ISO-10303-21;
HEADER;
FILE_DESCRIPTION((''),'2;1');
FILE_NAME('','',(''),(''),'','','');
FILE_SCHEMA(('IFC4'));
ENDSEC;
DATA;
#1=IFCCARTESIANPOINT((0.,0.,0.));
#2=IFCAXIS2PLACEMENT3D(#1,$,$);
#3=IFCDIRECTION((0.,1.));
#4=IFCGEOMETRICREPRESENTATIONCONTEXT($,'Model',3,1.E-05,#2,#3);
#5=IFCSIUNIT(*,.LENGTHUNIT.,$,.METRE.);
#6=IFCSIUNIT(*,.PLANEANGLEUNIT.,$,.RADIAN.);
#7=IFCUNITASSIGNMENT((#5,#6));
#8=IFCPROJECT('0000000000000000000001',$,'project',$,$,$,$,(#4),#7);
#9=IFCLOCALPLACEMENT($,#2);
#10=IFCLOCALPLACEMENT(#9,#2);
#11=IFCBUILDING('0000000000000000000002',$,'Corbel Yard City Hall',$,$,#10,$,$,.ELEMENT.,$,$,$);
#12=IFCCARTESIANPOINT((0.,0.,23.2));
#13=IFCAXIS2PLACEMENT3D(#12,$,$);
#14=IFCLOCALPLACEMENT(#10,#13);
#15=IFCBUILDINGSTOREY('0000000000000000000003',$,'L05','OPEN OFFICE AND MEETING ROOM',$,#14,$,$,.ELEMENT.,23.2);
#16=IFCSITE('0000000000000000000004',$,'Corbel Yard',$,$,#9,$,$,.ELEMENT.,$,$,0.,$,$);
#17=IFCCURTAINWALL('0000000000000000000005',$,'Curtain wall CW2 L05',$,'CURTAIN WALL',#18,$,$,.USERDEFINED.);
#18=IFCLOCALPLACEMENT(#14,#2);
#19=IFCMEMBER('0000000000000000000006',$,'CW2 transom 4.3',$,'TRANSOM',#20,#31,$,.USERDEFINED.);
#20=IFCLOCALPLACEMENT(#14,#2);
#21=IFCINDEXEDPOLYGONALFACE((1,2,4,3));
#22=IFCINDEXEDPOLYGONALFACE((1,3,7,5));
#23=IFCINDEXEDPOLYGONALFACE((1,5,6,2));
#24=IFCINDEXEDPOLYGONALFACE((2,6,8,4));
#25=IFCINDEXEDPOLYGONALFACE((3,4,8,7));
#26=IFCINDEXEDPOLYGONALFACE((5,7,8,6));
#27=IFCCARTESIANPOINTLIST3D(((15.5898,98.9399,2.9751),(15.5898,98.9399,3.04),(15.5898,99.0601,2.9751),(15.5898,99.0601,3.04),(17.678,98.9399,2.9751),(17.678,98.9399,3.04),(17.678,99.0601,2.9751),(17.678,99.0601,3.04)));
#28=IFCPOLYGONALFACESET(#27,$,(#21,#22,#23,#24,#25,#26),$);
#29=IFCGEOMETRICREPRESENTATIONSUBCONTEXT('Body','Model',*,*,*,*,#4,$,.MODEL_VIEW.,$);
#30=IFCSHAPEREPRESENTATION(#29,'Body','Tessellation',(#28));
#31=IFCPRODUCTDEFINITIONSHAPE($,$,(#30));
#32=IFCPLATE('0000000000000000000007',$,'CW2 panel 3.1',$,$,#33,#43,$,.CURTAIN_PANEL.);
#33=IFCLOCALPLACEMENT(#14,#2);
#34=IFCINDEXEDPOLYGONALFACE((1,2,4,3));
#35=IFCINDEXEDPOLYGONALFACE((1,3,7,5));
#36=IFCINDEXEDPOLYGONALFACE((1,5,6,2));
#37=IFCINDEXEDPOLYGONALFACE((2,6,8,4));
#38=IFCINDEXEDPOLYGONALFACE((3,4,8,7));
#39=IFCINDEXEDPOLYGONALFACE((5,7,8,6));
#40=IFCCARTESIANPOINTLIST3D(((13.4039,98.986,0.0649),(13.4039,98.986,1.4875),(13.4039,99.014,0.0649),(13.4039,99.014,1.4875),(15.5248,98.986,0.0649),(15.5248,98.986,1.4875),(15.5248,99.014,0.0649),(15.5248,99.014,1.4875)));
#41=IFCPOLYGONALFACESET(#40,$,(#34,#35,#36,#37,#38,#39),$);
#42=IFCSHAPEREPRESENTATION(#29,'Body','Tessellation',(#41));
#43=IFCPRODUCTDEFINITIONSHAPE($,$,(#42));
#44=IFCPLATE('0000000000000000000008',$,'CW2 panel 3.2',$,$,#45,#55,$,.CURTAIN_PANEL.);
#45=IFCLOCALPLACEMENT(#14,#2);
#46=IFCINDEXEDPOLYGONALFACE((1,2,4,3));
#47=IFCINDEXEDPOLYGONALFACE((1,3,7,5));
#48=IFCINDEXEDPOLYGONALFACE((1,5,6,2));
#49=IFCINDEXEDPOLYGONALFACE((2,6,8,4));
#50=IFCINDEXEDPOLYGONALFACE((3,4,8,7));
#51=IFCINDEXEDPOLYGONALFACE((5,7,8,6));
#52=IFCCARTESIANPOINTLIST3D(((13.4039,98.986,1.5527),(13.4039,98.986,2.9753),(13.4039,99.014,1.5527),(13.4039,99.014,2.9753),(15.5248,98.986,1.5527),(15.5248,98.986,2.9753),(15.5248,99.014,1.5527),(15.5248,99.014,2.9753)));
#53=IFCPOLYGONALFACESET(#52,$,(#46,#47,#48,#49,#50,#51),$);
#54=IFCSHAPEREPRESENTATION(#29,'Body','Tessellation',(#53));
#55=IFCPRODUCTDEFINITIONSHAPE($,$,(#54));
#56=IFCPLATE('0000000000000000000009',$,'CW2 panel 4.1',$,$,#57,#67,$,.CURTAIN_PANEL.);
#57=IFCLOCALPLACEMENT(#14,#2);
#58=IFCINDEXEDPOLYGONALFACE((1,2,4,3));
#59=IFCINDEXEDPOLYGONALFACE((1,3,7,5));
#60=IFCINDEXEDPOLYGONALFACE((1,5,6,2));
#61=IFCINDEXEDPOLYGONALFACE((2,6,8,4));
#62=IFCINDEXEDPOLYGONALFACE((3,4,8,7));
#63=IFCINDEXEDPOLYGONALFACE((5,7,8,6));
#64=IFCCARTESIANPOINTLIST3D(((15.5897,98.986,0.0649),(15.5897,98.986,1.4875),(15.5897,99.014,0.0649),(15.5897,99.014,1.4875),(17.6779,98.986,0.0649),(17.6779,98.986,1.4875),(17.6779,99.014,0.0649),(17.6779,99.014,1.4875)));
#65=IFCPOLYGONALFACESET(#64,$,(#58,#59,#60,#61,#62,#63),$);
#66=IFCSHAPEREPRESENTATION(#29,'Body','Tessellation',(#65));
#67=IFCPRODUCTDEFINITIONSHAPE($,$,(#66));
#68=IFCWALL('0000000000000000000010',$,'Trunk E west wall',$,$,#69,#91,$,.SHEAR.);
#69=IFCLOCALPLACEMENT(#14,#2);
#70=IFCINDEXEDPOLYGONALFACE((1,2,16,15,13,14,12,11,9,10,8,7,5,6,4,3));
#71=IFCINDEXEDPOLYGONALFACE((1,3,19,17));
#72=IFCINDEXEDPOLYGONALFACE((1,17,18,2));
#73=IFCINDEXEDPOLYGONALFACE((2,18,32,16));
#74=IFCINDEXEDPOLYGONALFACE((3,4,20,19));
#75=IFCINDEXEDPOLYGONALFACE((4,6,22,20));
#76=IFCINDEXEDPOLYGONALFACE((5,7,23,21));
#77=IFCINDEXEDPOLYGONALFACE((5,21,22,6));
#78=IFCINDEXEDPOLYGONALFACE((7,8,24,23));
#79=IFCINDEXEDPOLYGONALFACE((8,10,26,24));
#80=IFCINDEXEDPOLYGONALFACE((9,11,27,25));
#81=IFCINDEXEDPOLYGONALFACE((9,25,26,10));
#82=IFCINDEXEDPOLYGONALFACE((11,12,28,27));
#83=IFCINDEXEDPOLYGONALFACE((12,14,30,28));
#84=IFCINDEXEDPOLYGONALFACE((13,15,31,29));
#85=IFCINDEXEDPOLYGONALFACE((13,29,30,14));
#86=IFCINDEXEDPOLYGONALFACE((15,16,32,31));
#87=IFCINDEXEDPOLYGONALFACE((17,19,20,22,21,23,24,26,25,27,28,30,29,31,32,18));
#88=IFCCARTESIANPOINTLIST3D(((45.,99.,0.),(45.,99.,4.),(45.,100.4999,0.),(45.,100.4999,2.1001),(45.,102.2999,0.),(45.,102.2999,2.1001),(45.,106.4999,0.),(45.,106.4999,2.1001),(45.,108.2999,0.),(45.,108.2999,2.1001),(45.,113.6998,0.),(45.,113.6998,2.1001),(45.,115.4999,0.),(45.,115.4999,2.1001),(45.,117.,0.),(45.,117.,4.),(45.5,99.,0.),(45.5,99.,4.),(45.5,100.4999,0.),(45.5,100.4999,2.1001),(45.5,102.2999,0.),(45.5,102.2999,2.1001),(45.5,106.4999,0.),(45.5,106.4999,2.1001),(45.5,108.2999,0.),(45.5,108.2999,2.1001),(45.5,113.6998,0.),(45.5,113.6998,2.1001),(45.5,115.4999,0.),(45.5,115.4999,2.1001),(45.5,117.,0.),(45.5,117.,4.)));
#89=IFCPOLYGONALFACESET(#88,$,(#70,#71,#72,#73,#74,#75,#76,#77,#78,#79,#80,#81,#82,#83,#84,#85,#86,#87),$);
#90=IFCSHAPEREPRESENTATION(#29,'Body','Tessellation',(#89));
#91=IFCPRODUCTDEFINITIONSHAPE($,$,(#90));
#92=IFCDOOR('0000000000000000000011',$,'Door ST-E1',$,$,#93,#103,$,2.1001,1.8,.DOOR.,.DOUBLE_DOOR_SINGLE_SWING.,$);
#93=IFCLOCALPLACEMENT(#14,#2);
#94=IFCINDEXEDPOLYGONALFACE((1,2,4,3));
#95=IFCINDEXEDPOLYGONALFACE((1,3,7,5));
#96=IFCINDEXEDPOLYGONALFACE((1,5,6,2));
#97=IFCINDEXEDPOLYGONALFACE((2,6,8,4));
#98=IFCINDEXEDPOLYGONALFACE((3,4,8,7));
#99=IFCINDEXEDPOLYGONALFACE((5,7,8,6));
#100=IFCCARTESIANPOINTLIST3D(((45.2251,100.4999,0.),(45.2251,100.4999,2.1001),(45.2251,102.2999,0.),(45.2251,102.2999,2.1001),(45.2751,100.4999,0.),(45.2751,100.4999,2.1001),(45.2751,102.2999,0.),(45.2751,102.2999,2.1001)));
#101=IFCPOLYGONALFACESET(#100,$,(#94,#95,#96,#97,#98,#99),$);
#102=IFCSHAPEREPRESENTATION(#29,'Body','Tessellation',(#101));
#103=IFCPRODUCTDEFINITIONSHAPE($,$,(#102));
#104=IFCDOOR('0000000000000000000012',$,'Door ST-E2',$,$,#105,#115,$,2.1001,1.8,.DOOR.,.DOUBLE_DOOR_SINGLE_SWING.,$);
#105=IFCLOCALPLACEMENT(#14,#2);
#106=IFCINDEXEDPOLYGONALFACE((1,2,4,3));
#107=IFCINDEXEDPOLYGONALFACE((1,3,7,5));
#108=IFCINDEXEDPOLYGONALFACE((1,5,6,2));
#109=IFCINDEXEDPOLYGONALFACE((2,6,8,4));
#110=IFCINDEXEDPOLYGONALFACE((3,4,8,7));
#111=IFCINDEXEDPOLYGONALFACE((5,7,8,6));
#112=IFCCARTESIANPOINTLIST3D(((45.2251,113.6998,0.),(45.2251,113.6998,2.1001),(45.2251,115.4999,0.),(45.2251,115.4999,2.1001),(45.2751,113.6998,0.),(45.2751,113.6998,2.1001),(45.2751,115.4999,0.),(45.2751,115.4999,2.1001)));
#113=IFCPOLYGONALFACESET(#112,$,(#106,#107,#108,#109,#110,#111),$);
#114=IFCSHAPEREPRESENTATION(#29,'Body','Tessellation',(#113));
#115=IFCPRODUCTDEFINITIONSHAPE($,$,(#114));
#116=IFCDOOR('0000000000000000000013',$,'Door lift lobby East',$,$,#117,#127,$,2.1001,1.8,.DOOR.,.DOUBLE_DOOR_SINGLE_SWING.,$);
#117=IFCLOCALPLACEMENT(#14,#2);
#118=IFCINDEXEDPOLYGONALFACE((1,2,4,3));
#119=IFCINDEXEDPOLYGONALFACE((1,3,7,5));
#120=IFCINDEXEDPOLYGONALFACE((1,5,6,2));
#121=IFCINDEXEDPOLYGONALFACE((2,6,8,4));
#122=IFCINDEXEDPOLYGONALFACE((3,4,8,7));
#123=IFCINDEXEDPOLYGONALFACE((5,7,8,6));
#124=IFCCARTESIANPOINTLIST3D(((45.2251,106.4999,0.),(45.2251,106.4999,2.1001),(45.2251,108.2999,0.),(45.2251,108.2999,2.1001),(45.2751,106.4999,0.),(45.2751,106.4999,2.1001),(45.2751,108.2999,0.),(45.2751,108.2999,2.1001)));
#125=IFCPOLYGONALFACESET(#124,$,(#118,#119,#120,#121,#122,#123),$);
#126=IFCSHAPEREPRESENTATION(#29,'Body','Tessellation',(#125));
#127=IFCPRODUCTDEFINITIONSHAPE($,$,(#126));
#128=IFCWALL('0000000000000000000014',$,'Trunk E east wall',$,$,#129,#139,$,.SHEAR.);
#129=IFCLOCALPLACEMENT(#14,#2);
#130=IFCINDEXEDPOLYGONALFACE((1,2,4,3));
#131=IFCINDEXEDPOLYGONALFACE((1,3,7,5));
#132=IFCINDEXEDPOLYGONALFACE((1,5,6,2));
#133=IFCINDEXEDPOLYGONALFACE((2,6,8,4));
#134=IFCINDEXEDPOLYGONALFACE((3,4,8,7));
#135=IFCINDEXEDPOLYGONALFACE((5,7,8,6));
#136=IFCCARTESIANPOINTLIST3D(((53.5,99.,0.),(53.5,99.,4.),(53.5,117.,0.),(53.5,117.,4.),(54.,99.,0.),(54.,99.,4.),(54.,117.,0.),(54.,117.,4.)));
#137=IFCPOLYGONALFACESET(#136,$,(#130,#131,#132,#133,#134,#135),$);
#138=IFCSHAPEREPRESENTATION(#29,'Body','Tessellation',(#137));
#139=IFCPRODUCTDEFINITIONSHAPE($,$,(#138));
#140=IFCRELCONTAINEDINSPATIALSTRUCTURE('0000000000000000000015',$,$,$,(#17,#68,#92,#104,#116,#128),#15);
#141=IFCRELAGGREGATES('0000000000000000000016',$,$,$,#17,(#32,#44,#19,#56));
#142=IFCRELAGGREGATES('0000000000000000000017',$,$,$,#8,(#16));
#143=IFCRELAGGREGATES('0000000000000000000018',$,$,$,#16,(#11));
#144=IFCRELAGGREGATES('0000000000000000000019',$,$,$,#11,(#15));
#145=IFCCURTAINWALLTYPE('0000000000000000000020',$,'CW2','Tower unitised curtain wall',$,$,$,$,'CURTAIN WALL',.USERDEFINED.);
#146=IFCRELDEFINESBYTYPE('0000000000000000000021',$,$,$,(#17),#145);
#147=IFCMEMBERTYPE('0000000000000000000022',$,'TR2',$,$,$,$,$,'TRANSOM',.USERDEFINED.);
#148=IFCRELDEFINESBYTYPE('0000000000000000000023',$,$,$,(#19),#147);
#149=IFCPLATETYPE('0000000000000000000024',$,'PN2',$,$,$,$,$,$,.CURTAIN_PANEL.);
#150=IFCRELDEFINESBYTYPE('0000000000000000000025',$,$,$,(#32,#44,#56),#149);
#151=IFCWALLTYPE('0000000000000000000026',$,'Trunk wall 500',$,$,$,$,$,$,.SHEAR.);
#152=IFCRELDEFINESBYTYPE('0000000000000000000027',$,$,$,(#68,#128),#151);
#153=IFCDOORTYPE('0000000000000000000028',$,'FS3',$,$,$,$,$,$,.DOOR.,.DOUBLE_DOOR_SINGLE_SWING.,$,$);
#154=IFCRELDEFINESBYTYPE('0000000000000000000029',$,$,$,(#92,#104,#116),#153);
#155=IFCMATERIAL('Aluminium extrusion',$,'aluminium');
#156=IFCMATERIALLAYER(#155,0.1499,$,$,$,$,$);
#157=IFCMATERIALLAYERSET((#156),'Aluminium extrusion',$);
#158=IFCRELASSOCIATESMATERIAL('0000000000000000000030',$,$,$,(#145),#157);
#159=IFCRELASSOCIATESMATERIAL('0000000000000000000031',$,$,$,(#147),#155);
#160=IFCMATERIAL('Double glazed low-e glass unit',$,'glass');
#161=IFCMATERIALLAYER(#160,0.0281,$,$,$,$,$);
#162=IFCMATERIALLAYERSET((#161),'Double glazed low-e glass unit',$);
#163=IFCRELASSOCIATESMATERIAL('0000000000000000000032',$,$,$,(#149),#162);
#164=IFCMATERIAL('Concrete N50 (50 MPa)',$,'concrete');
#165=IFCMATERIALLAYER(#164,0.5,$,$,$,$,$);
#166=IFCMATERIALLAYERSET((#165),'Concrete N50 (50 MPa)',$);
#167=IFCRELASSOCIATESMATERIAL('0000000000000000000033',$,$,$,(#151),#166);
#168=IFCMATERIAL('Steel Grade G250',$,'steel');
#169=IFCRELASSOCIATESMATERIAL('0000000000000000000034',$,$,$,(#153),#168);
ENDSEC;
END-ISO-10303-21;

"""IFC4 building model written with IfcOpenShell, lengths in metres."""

from ifc_helpers import new_model, si_unit, direction, frame, frame_2d, origin, origin_2d, place, context, subcontext, project, spatial, rectangle, extrude, material, layer, layer_set, material_profile, profile_set, type_object, element, fill, aggregate, save


model = new_model("IFC4")

# Units and contexts
model_context = context("Model", 3, precision=1e-05, world=origin(), true_north=direction((0.0, 1.0)))
body_context = subcontext(model_context, "Body", "Model", "MODEL_VIEW")
ifc_project = project(units=[si_unit("LENGTHUNIT", "METRE"), si_unit("PLANEANGLEUNIT", "RADIAN")], contexts=[model_context])

# Site, building, storey
site_placement = place(None, origin())
site = spatial("IfcSite", under=ifc_project, at=site_placement, Name="Corbel Yard", CompositionType="ELEMENT", RefElevation=0.0)
building_placement = place(site_placement, origin())
building = spatial("IfcBuilding", under=site, at=building_placement, Name="Corbel Yard City Hall", CompositionType="ELEMENT")
storey_placement = place(building_placement, frame((0.0, 0.0, 23.2)))
storey = spatial("IfcBuildingStorey", under=building, at=storey_placement, Name="L05", Description="OPEN OFFICE AND MEETING ROOM", CompositionType="ELEMENT", Elevation=23.2)

# Curtain wall, member, plates
ifc_material_1 = material(Name="Aluminium extrusion", Category="aluminium")
ifc_layer_1 = layer(ifc_material_1, 0.1499)
ifc_layer_set_1 = layer_set([ifc_layer_1], Name="Aluminium extrusion")
curtain_wall_type = type_object("IfcCurtainWallType", Name="CW2", Description="Tower unitised curtain wall", ElementType="CURTAIN WALL", PredefinedType="USERDEFINED", material=ifc_layer_set_1)
curtain_wall_placement = place(storey_placement, origin())
curtain_wall = element("IfcCurtainWall", 1, at=curtain_wall_placement, inside=storey, type_object=curtain_wall_type, Name="Curtain wall CW2 L05", ObjectType="CURTAIN WALL", PredefinedType="USERDEFINED")
ifc_material_profile_1 = material_profile(ifc_material_1, rectangle(XDim=0.1201, YDim=0.0649, at=origin_2d()), Name="120x65")
ifc_profile_set_1 = profile_set([ifc_material_profile_1], Name="Aluminium extrusion")
member_type_1 = type_object("IfcMemberType", Name="TR2", ElementType="TRANSOM", PredefinedType="USERDEFINED", material=ifc_profile_set_1)
member_1_placement = place(storey_placement, frame((15.5898, 99.0, 3.0076), z_axis=(1.0, 0.0, 0.0), x_axis=(0.0, 1.0, 0.0)))
member_1 = element("IfcMember", 2, at=member_1_placement, type_object=member_type_1, Name="CW2 transom 4.3", ObjectType="TRANSOM", PredefinedType="USERDEFINED", context=body_context, shape_type="SweptSolid", body=[
    extrude(rectangle(XDim=0.1201, YDim=0.0649, at=origin_2d()), origin(), (0.0, 0.0, 1.0), 2.0881),
])
ifc_material_2 = material(Name="Double glazed low-e glass unit", Category="glass")
ifc_layer_2 = layer(ifc_material_2, 0.0281)
ifc_layer_set_2 = layer_set([ifc_layer_2], Name="Double glazed low-e glass unit")
plate_type = type_object("IfcPlateType", Name="PN2", PredefinedType="CURTAIN_PANEL", material=ifc_layer_set_2)
plate_1_placement = place(storey_placement, frame((14.4644, 99.0, 0.0649), z_axis=(0.0, 0.0, 1.0), x_axis=(1.0, 0.0, 0.0)))
plate_1 = element("IfcPlate", 3, at=plate_1_placement, type_object=plate_type, Name="CW2 panel 3.1", PredefinedType="CURTAIN_PANEL", context=body_context, shape_type="SweptSolid", body=[
    extrude(rectangle(XDim=2.1208, YDim=0.0281, at=origin_2d()), origin(), (0.0, 0.0, 1.0), 1.4226),
])
plate_2_placement = place(storey_placement, frame((14.4644, 99.0, 1.5527), z_axis=(0.0, 0.0, 1.0), x_axis=(1.0, 0.0, 0.0)))
plate_2 = element("IfcPlate", 4, at=plate_2_placement, type_object=plate_type, Name="CW2 panel 3.2", PredefinedType="CURTAIN_PANEL", context=body_context, shape_type="SweptSolid", body=[
    extrude(rectangle(XDim=2.1208, YDim=0.0281, at=origin_2d()), origin(), (0.0, 0.0, 1.0), 1.4226),
])
plate_3_placement = place(storey_placement, frame((16.6338, 99.0, 0.0649), z_axis=(0.0, 0.0, 1.0), x_axis=(1.0, 0.0, 0.0)))
plate_3 = element("IfcPlate", 5, at=plate_3_placement, type_object=plate_type, Name="CW2 panel 4.1", PredefinedType="CURTAIN_PANEL", context=body_context, shape_type="SweptSolid", body=[
    extrude(rectangle(XDim=2.0881, YDim=0.0281, at=origin_2d()), origin(), (0.0, 0.0, 1.0), 1.4226),
])
aggregate(curtain_wall, [plate_1, plate_2, member_1, plate_3])

# Wall, openings, doors
ifc_material_3 = material(Name="Concrete N50 (50 MPa)", Category="concrete")
ifc_layer_3 = layer(ifc_material_3, 0.5)
ifc_layer_set_3 = layer_set([ifc_layer_3], Name="Concrete N50 (50 MPa)")
wall_type = type_object("IfcWallType", Name="Trunk wall 500", PredefinedType="SHEAR", material=ifc_layer_set_3)
wall_1_placement = place(storey_placement, frame((45.25, 99.0, 0.0), z_axis=(0.0, 0.0, 1.0), x_axis=(0.0, 1.0, 0.0)))
wall_1 = element("IfcWall", 6, at=wall_1_placement, inside=storey, type_object=wall_type, Name="Trunk E west wall", PredefinedType="SHEAR", context=body_context, shape_type="SweptSolid", body=[
    extrude(rectangle(XDim=18.0, YDim=0.5, at=frame_2d((9.0, 0.0))), origin(), (0.0, 0.0, 1.0), 4.0),
])
opening_1_placement = place(wall_1_placement, frame((1.5, 0.0, 0.0)))
opening_1 = element("IfcOpeningElement", 7, at=opening_1_placement, cuts=wall_1, PredefinedType="OPENING", context=body_context, shape_type="SweptSolid", body=[
    extrude(rectangle(XDim=1.8, YDim=2.1001, at=frame_2d((0.8999, 1.05))), frame((0.0, 0.26, 0.0), z_axis=(0.0, -1.0, 0.0), x_axis=(1.0, 0.0, 0.0)), (0.0, 0.0, 1.0), 0.52),
])
opening_2_placement = place(wall_1_placement, frame((14.7, 0.0, 0.0)))
opening_2 = element("IfcOpeningElement", 8, at=opening_2_placement, cuts=wall_1, PredefinedType="OPENING", context=body_context, shape_type="SweptSolid", body=[
    extrude(rectangle(XDim=1.8, YDim=2.1001, at=frame_2d((0.8999, 1.05))), frame((0.0, 0.26, 0.0), z_axis=(0.0, -1.0, 0.0), x_axis=(1.0, 0.0, 0.0)), (0.0, 0.0, 1.0), 0.52),
])
opening_3_placement = place(wall_1_placement, frame((7.5, 0.0, 0.0)))
opening_3 = element("IfcOpeningElement", 9, at=opening_3_placement, cuts=wall_1, PredefinedType="OPENING", context=body_context, shape_type="SweptSolid", body=[
    extrude(rectangle(XDim=1.8, YDim=2.1001, at=frame_2d((0.8999, 1.05))), frame((0.0, 0.26, 0.0), z_axis=(0.0, -1.0, 0.0), x_axis=(1.0, 0.0, 0.0)), (0.0, 0.0, 1.0), 0.52),
])
ifc_material_4 = material(Name="Steel Grade G250", Category="steel")
door_type = type_object("IfcDoorType", Name="FS3", OperationType="DOUBLE_DOOR_SINGLE_SWING", PredefinedType="DOOR", material=ifc_material_4)
door_1_placement = place(opening_1_placement, origin())
door_1 = element("IfcDoor", 10, at=door_1_placement, inside=storey, type_object=door_type, Name="Door ST-E1", OperationType="DOUBLE_DOOR_SINGLE_SWING", OverallHeight=2.1001, OverallWidth=1.8, PredefinedType="DOOR", context=body_context, shape_type="SweptSolid", body=[
    extrude(rectangle(XDim=1.8, YDim=2.1001, at=frame_2d((0.8999, 1.05))), frame((0.0, 0.0249, 0.0), z_axis=(0.0, -1.0, 0.0), x_axis=(1.0, 0.0, 0.0)), (0.0, 0.0, 1.0), 0.05),
])
fill(opening_1, door_1)
door_2_placement = place(opening_2_placement, origin())
door_2 = element("IfcDoor", 11, at=door_2_placement, inside=storey, type_object=door_type, Name="Door ST-E2", OperationType="DOUBLE_DOOR_SINGLE_SWING", OverallHeight=2.1001, OverallWidth=1.8, PredefinedType="DOOR", context=body_context, shape_type="SweptSolid", body=[
    extrude(rectangle(XDim=1.8, YDim=2.1001, at=frame_2d((0.8999, 1.05))), frame((0.0, 0.0249, 0.0), z_axis=(0.0, -1.0, 0.0), x_axis=(1.0, 0.0, 0.0)), (0.0, 0.0, 1.0), 0.05),
])
fill(opening_2, door_2)
door_3_placement = place(opening_3_placement, origin())
door_3 = element("IfcDoor", 12, at=door_3_placement, inside=storey, type_object=door_type, Name="Door lift lobby East", OperationType="DOUBLE_DOOR_SINGLE_SWING", OverallHeight=2.1001, OverallWidth=1.8, PredefinedType="DOOR", context=body_context, shape_type="SweptSolid", body=[
    extrude(rectangle(XDim=1.8, YDim=2.1001, at=frame_2d((0.8999, 1.05))), frame((0.0, 0.0249, 0.0), z_axis=(0.0, -1.0, 0.0), x_axis=(1.0, 0.0, 0.0)), (0.0, 0.0, 1.0), 0.05),
])
fill(opening_3, door_3)

# Wall
wall_2_placement = place(storey_placement, frame((53.75, 99.0, 0.0), z_axis=(0.0, 0.0, 1.0), x_axis=(0.0, 1.0, 0.0)))
element("IfcWall", 13, at=wall_2_placement, inside=storey, type_object=wall_type, Name="Trunk E east wall", PredefinedType="SHEAR", context=body_context, shape_type="SweptSolid", body=[
    extrude(rectangle(XDim=18.0, YDim=0.5, at=frame_2d((9.0, 0.0))), origin(), (0.0, 0.0, 1.0), 4.0),
])

save(model, "model.ifc")
